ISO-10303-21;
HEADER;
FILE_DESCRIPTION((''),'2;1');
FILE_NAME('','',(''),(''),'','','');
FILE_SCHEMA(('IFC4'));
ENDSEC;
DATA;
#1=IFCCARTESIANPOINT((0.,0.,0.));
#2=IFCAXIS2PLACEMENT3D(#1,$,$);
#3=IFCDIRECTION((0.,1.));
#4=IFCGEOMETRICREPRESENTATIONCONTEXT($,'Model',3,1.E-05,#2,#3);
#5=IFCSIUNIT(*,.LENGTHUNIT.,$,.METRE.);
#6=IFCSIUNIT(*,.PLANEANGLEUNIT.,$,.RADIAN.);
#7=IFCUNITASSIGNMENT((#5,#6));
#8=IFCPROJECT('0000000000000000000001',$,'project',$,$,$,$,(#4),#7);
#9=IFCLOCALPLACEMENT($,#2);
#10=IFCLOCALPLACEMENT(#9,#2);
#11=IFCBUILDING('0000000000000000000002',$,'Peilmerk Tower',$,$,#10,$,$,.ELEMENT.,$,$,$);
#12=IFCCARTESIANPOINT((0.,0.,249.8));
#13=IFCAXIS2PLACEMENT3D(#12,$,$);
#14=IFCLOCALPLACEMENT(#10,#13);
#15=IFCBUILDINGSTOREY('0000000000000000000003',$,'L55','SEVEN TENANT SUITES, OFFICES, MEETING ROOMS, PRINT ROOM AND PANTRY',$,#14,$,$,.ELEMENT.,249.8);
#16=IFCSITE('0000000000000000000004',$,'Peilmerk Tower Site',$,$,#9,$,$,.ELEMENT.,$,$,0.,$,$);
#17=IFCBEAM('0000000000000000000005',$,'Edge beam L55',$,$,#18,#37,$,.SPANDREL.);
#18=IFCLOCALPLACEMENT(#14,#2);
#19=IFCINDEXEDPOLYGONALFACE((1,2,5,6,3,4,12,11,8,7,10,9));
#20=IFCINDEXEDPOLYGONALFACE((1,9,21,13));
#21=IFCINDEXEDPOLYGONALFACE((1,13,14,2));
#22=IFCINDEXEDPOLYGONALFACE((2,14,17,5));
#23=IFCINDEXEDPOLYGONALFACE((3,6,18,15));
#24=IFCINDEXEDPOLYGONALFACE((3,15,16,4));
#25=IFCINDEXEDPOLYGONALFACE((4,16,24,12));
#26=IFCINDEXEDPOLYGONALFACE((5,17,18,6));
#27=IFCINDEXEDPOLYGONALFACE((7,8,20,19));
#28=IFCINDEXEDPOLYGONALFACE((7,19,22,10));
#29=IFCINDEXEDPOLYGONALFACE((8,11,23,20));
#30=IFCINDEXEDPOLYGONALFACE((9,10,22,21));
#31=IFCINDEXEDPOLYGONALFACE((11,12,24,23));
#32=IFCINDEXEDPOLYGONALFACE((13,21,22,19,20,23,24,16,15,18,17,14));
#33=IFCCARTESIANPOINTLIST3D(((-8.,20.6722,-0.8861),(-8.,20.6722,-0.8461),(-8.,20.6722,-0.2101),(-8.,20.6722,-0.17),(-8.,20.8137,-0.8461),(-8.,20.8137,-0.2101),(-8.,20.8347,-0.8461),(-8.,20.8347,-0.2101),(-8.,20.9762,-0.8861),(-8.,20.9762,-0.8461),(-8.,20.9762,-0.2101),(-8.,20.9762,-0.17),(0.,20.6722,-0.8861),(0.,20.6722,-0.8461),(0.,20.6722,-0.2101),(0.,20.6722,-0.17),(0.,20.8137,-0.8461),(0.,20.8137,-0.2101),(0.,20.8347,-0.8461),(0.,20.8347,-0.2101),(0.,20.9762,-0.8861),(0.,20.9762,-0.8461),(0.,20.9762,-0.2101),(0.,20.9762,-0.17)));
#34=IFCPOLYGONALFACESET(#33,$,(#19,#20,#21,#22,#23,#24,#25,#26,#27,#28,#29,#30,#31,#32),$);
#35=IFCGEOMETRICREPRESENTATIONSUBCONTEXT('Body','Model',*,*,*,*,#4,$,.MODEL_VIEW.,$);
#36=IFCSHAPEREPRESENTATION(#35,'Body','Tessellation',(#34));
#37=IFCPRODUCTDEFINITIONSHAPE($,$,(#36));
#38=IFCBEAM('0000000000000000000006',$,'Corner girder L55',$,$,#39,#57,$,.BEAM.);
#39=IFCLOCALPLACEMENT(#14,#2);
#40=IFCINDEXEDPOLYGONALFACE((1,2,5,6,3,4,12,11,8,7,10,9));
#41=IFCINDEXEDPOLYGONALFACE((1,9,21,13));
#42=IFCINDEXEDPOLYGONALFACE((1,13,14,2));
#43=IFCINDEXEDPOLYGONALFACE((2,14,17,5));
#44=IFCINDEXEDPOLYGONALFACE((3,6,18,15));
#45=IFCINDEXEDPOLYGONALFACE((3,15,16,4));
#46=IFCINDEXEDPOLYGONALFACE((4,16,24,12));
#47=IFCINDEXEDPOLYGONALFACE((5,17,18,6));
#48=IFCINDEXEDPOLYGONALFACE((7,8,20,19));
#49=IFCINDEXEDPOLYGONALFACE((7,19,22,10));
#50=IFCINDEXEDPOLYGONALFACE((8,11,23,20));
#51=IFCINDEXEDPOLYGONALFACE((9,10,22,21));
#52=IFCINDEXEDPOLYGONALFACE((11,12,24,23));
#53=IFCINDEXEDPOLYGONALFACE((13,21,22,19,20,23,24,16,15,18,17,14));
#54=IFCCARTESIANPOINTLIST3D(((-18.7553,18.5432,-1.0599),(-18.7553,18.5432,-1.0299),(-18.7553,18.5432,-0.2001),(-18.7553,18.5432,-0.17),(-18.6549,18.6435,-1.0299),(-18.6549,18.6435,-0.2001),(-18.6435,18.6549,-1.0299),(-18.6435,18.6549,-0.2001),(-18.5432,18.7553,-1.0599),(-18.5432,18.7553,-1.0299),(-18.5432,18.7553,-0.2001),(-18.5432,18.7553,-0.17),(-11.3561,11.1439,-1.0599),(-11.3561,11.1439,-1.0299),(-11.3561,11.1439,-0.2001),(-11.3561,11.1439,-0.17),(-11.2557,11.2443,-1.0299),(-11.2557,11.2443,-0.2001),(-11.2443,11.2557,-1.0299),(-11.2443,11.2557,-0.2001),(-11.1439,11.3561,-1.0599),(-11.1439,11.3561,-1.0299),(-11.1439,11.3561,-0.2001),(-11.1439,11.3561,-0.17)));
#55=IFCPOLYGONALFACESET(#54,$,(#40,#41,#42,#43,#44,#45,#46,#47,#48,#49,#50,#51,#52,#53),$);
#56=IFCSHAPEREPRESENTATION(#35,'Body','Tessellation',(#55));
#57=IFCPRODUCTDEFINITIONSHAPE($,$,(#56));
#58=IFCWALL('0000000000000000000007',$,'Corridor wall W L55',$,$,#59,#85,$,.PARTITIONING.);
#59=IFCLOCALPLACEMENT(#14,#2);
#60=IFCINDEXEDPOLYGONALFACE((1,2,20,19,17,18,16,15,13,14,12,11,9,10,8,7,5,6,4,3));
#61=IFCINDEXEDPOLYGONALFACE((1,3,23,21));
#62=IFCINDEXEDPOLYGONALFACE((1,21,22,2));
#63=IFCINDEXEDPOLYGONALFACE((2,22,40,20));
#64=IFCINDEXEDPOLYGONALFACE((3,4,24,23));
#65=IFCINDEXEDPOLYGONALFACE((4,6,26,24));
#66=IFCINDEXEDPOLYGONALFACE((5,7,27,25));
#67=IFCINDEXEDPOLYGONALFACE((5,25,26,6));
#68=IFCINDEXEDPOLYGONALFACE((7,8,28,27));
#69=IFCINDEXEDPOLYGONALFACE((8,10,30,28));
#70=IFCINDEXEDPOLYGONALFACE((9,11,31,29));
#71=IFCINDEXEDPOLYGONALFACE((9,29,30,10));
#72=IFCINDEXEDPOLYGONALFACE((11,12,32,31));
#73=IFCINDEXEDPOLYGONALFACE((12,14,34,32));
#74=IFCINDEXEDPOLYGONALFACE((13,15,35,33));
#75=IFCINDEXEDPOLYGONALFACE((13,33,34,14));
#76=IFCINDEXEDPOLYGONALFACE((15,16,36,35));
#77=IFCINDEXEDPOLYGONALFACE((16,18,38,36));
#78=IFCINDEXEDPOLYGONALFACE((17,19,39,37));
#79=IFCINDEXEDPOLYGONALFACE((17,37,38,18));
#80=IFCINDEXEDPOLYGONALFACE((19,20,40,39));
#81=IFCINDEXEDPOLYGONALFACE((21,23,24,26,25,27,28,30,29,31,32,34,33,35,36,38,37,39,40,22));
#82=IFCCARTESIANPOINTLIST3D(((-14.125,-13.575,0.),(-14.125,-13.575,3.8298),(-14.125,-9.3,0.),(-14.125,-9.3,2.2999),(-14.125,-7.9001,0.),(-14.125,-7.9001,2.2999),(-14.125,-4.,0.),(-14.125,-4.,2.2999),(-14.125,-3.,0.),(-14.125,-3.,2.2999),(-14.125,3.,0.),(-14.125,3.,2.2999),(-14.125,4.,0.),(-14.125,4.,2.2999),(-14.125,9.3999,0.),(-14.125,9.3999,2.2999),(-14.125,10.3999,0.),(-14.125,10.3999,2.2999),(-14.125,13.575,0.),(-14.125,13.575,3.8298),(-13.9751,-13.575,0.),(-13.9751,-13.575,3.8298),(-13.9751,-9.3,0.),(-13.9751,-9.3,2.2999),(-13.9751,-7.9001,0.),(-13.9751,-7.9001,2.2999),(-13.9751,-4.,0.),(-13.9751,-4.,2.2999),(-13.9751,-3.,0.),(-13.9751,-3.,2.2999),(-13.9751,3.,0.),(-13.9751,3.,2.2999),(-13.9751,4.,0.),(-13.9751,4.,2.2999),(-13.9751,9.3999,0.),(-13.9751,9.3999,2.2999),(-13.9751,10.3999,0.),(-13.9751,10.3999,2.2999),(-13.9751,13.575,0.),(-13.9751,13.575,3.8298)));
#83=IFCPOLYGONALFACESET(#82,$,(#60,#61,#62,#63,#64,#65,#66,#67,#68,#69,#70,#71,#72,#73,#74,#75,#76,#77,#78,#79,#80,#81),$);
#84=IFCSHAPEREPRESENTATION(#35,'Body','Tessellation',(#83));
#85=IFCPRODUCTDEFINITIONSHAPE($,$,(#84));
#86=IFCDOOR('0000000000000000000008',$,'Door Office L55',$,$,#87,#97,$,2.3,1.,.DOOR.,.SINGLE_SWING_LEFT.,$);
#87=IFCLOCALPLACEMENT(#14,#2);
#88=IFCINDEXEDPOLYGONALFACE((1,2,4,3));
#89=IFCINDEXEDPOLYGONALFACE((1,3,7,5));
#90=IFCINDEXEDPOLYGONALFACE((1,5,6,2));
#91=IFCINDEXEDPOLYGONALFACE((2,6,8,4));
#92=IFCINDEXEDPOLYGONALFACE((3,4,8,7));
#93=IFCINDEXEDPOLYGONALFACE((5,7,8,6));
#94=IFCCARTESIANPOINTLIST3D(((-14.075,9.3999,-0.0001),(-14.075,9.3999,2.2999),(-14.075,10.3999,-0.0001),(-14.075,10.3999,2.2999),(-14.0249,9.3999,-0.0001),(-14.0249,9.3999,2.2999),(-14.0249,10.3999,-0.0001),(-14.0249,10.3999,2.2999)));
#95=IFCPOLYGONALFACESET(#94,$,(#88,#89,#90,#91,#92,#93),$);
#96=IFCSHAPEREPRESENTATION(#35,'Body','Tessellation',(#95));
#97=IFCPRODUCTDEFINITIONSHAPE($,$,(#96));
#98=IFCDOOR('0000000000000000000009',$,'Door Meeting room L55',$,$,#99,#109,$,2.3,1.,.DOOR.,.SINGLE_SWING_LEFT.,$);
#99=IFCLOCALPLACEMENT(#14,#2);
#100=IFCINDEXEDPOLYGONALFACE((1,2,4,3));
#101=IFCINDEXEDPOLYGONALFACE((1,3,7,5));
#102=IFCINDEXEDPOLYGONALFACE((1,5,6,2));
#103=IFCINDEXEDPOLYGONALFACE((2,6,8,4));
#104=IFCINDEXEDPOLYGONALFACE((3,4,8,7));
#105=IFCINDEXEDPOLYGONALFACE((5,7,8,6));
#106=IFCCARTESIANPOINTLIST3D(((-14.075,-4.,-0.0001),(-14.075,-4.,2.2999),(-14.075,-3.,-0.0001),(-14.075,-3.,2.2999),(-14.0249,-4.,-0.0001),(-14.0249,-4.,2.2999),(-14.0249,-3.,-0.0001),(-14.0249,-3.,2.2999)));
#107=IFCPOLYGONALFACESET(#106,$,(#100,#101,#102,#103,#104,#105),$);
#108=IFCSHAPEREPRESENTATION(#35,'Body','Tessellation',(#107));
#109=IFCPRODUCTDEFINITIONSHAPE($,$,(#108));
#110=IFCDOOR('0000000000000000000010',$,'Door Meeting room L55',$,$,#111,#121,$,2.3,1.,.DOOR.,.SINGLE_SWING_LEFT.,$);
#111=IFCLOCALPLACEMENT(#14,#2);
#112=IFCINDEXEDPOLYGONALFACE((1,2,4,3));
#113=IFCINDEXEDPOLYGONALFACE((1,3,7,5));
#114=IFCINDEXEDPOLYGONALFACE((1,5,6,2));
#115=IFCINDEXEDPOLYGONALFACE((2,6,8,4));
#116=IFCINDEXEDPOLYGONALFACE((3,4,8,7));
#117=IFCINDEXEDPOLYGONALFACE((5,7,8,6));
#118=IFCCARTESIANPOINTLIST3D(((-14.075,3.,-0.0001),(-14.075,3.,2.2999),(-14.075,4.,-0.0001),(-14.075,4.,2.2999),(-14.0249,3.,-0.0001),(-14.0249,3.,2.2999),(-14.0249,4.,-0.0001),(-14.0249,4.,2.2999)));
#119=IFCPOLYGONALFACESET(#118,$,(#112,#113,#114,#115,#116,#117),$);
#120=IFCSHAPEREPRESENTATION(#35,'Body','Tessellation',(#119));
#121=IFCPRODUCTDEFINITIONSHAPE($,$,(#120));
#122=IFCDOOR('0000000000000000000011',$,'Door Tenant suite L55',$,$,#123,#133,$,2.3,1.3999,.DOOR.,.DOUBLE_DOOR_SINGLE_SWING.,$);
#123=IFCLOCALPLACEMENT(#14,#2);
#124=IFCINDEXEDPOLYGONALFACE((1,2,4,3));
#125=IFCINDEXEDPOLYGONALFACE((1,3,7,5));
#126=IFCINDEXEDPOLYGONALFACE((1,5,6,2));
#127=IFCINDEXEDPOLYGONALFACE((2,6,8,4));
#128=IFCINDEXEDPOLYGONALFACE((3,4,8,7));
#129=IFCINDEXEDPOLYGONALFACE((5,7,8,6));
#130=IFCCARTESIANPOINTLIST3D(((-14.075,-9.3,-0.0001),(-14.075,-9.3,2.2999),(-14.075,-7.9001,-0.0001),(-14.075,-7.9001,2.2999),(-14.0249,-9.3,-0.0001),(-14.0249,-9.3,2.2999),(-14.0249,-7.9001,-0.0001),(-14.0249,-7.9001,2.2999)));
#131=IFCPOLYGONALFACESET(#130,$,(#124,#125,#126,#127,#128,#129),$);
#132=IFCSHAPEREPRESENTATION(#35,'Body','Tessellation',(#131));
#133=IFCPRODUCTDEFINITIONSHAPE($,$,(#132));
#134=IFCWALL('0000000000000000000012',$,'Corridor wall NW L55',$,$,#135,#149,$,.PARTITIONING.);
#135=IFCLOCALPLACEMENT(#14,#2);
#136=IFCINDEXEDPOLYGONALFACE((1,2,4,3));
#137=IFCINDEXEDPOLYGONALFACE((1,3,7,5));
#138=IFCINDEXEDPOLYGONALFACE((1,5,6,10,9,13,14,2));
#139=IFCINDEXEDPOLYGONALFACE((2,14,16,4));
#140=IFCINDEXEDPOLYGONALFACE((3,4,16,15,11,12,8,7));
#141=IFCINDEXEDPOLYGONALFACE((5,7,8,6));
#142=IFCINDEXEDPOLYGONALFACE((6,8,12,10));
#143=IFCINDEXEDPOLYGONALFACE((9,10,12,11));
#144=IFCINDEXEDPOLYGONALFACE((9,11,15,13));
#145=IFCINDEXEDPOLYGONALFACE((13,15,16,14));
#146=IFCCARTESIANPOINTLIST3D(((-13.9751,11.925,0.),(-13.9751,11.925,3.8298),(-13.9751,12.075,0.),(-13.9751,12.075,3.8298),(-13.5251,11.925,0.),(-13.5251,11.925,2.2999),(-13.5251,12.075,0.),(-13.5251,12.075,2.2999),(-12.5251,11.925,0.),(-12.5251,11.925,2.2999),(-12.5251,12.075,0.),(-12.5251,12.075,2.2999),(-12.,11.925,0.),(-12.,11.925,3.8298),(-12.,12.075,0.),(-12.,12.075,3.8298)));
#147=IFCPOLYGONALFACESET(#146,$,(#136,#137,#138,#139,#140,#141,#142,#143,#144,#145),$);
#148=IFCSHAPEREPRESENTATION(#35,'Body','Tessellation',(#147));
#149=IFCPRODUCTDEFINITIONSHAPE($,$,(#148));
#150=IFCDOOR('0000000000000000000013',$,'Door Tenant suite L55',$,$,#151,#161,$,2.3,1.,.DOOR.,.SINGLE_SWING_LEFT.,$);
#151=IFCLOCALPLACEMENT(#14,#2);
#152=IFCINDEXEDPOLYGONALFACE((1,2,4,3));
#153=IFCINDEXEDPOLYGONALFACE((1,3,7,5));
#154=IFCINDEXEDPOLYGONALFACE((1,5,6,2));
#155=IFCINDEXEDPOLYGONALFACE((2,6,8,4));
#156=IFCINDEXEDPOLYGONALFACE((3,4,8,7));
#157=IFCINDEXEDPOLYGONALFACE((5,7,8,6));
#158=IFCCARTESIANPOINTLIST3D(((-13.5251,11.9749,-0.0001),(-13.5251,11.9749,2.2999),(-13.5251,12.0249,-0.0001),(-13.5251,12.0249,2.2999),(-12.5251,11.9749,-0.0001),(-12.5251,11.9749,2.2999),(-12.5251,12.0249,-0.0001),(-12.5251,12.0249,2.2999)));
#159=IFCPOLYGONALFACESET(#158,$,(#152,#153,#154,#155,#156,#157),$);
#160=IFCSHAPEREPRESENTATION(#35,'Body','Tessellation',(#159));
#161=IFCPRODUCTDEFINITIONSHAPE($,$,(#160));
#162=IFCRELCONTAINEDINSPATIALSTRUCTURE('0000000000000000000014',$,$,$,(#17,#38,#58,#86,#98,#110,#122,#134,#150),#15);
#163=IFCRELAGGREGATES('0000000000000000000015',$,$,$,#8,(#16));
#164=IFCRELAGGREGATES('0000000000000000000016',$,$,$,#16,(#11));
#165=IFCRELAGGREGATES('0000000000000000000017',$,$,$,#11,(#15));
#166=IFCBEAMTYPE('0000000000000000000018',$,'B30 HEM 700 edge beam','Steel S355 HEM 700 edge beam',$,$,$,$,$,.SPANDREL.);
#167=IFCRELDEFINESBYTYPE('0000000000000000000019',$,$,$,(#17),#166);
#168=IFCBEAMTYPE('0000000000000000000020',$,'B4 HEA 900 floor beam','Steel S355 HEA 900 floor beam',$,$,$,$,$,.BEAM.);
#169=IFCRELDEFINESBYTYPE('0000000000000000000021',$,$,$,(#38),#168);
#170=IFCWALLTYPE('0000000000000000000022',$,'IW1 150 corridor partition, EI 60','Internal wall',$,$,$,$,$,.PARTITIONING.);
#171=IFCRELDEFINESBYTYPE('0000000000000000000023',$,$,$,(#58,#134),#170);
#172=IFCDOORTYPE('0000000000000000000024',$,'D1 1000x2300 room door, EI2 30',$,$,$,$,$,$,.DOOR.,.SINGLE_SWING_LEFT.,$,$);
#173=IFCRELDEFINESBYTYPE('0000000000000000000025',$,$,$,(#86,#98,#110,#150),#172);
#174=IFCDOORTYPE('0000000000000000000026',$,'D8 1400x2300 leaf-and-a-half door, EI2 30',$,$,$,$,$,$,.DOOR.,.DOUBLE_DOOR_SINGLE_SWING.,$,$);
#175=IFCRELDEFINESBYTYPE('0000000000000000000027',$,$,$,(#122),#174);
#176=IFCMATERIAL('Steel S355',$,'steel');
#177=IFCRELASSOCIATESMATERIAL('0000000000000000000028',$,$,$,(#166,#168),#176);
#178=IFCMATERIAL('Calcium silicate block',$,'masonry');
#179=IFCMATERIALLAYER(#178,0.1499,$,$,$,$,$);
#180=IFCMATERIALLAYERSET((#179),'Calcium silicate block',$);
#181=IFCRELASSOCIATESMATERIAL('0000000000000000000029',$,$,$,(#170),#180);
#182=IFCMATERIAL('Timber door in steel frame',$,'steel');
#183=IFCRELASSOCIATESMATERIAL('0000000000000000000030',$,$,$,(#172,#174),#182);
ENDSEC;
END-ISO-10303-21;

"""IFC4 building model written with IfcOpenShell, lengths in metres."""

from ifc_helpers import new_model, si_unit, direction, frame, frame_2d, origin, origin_2d, place, context, subcontext, project, spatial, rectangle, i_section, extrude, material, layer, layer_set, material_profile, profile_set, type_object, element, fill, save


model = new_model("IFC4")

# Units and contexts
model_context = context("Model", 3, precision=1e-05, world=origin(), true_north=direction((0.0, 1.0)))
body_context = subcontext(model_context, "Body", "Model", "MODEL_VIEW")
ifc_project = project(units=[si_unit("LENGTHUNIT", "METRE"), si_unit("PLANEANGLEUNIT", "RADIAN")], contexts=[model_context])

# Site, building, storey
site_placement = place(None, origin())
site = spatial("IfcSite", under=ifc_project, at=site_placement, Name="Peilmerk Tower Site", CompositionType="ELEMENT", RefElevation=0.0)
building_placement = place(site_placement, origin())
building = spatial("IfcBuilding", under=site, at=building_placement, Name="Peilmerk Tower", CompositionType="ELEMENT")
storey_placement = place(building_placement, frame((0.0, 0.0, 249.8)))
storey = spatial("IfcBuildingStorey", under=building, at=storey_placement, Name="L55", Description="SEVEN TENANT SUITES, OFFICES, MEETING ROOMS, PRINT ROOM AND PANTRY", CompositionType="ELEMENT", Elevation=249.8)

# Beams
ifc_material_1 = material(Name="Steel S355", Category="steel")
ifc_material_profile_1 = material_profile(ifc_material_1, i_section(OverallWidth=0.304, OverallDepth=0.7161, WebThickness=0.021, FlangeThickness=0.04, at=origin_2d()), Name="HEM 700")
ifc_profile_set_1 = profile_set([ifc_material_profile_1], Name="Steel S355")
beam_type_1 = type_object("IfcBeamType", Name="B30 HEM 700 edge beam", Description="Steel S355 HEM 700 edge beam", PredefinedType="SPANDREL", material=ifc_profile_set_1)
beam_1_placement = place(storey_placement, frame((0.0, 20.8242, -0.5281), z_axis=(-1.0, 0.0, 0.0), x_axis=(0.0, -1.0, 0.0)))
element("IfcBeam", 1, at=beam_1_placement, inside=storey, type_object=beam_type_1, Name="Edge beam L55", PredefinedType="SPANDREL", context=body_context, shape_type="SweptSolid", body=[
    extrude(i_section(OverallWidth=0.304, OverallDepth=0.7161, WebThickness=0.021, FlangeThickness=0.04, at=origin_2d()), origin(), (0.0, 0.0, 1.0), 8.0),
])
ifc_material_profile_2 = material_profile(ifc_material_1, i_section(OverallWidth=0.3, OverallDepth=0.8899, WebThickness=0.0161, FlangeThickness=0.03, at=origin_2d()), Name="HEA 900")
ifc_profile_set_2 = profile_set([ifc_material_profile_2], Name="Steel S355")
beam_type_2 = type_object("IfcBeamType", Name="B4 HEA 900 floor beam", Description="Steel S355 HEA 900 floor beam", PredefinedType="BEAM", material=ifc_profile_set_2)
beam_2_placement = place(storey_placement, frame((-11.25, 11.25, -0.615), z_axis=(-0.707107, 0.707107, 0.0), x_axis=(-0.707107, -0.707107, 0.0)))
element("IfcBeam", 2, at=beam_2_placement, inside=storey, type_object=beam_type_2, Name="Corner girder L55", PredefinedType="BEAM", context=body_context, shape_type="SweptSolid", body=[
    extrude(i_section(OverallWidth=0.3, OverallDepth=0.8899, WebThickness=0.0161, FlangeThickness=0.03, at=origin_2d()), origin(), (0.0, 0.0, 1.0), 10.4641),
])

# Wall, openings, doors
ifc_material_2 = material(Name="Calcium silicate block", Category="masonry")
ifc_layer_1 = layer(ifc_material_2, 0.1499)
ifc_layer_set_1 = layer_set([ifc_layer_1], Name="Calcium silicate block")
wall_type_1 = type_object("IfcWallType", Name="IW1 150 corridor partition, EI 60", Description="Internal wall", PredefinedType="PARTITIONING", material=ifc_layer_set_1)
wall_1_placement = place(storey_placement, frame((-14.05, 13.575, 0.0), z_axis=(0.0, 0.0, 1.0), x_axis=(0.0, -1.0, 0.0)))
wall_1 = element("IfcWall", 3, at=wall_1_placement, inside=storey, type_object=wall_type_1, Name="Corridor wall W L55", PredefinedType="PARTITIONING", context=body_context, shape_type="SweptSolid", body=[
    extrude(rectangle(XDim=27.1499, YDim=0.1499, at=frame_2d((13.575, 0.0))), origin(), (0.0, 0.0, 1.0), 3.8298),
])
opening_1_placement = place(wall_1_placement, frame((21.4751, 0.0, 0.0)))
opening_1 = element("IfcOpeningElement", 4, at=opening_1_placement, cuts=wall_1, PredefinedType="OPENING", context=body_context, shape_type="SweptSolid", body=[
    extrude(rectangle(XDim=1.3999, YDim=2.3, at=frame_2d((0.7, 1.1499))), frame((0.0, 0.085, 0.0), z_axis=(0.0, -1.0, 0.0), x_axis=(1.0, 0.0, 0.0)), (0.0, 0.0, 1.0), 0.1699),
])
opening_2_placement = place(wall_1_placement, frame((3.175, 0.0, 0.0)))
opening_2 = element("IfcOpeningElement", 5, at=opening_2_placement, cuts=wall_1, PredefinedType="OPENING", context=body_context, shape_type="SweptSolid", body=[
    extrude(rectangle(XDim=1.0, YDim=2.3, at=frame_2d((0.5, 1.1499))), frame((0.0, 0.085, 0.0), z_axis=(0.0, -1.0, 0.0), x_axis=(1.0, 0.0, 0.0)), (0.0, 0.0, 1.0), 0.1699),
])
opening_3_placement = place(wall_1_placement, frame((16.575, 0.0, 0.0)))
opening_3 = element("IfcOpeningElement", 6, at=opening_3_placement, cuts=wall_1, PredefinedType="OPENING", context=body_context, shape_type="SweptSolid", body=[
    extrude(rectangle(XDim=1.0, YDim=2.3, at=frame_2d((0.5, 1.1499))), frame((0.0, 0.085, 0.0), z_axis=(0.0, -1.0, 0.0), x_axis=(1.0, 0.0, 0.0)), (0.0, 0.0, 1.0), 0.1699),
])
opening_4_placement = place(wall_1_placement, frame((9.575, 0.0, 0.0)))
opening_4 = element("IfcOpeningElement", 7, at=opening_4_placement, cuts=wall_1, PredefinedType="OPENING", context=body_context, shape_type="SweptSolid", body=[
    extrude(rectangle(XDim=1.0, YDim=2.3, at=frame_2d((0.5, 1.1499))), frame((0.0, 0.085, 0.0), z_axis=(0.0, -1.0, 0.0), x_axis=(1.0, 0.0, 0.0)), (0.0, 0.0, 1.0), 0.1699),
])
ifc_material_3 = material(Name="Timber door in steel frame", Category="steel")
door_type_1 = type_object("IfcDoorType", Name="D1 1000x2300 room door, EI2 30", OperationType="SINGLE_SWING_LEFT", PredefinedType="DOOR", material=ifc_material_3)
door_1_placement = place(opening_2_placement, frame((1.0, 0.0, 0.0), z_axis=(0.0, 0.0, 1.0), x_axis=(-1.0, 0.0, 0.0)))
door_1 = element("IfcDoor", 8, at=door_1_placement, inside=storey, type_object=door_type_1, Name="Door Office L55", OperationType="SINGLE_SWING_LEFT", OverallHeight=2.3, OverallWidth=1.0, PredefinedType="DOOR", context=body_context, shape_type="SweptSolid", body=[
    extrude(rectangle(XDim=1.0, YDim=2.3, at=frame_2d((0.5, 1.1499))), frame((0.0, 0.0249, 0.0), z_axis=(0.0, -1.0, 0.0), x_axis=(1.0, 0.0, 0.0)), (0.0, 0.0, 1.0), 0.05),
])
fill(opening_2, door_1)
door_2_placement = place(opening_3_placement, frame((1.0, 0.0, 0.0), z_axis=(0.0, 0.0, 1.0), x_axis=(-1.0, 0.0, 0.0)))
door_2 = element("IfcDoor", 9, at=door_2_placement, inside=storey, type_object=door_type_1, Name="Door Meeting room L55", OperationType="SINGLE_SWING_LEFT", OverallHeight=2.3, OverallWidth=1.0, PredefinedType="DOOR", context=body_context, shape_type="SweptSolid", body=[
    extrude(rectangle(XDim=1.0, YDim=2.3, at=frame_2d((0.5, 1.1499))), frame((0.0, 0.0249, 0.0), z_axis=(0.0, -1.0, 0.0), x_axis=(1.0, 0.0, 0.0)), (0.0, 0.0, 1.0), 0.05),
])
fill(opening_3, door_2)
door_3_placement = place(opening_4_placement, frame((1.0, 0.0, 0.0), z_axis=(0.0, 0.0, 1.0), x_axis=(-1.0, 0.0, 0.0)))
door_3 = element("IfcDoor", 10, at=door_3_placement, inside=storey, type_object=door_type_1, Name="Door Meeting room L55", OperationType="SINGLE_SWING_LEFT", OverallHeight=2.3, OverallWidth=1.0, PredefinedType="DOOR", context=body_context, shape_type="SweptSolid", body=[
    extrude(rectangle(XDim=1.0, YDim=2.3, at=frame_2d((0.5, 1.1499))), frame((0.0, 0.0249, 0.0), z_axis=(0.0, -1.0, 0.0), x_axis=(1.0, 0.0, 0.0)), (0.0, 0.0, 1.0), 0.05),
])
fill(opening_4, door_3)
door_type_2 = type_object("IfcDoorType", Name="D8 1400x2300 leaf-and-a-half door, EI2 30", OperationType="DOUBLE_DOOR_SINGLE_SWING", PredefinedType="DOOR", material=ifc_material_3)
door_4_placement = place(opening_1_placement, frame((1.3999, 0.0, 0.0), z_axis=(0.0, 0.0, 1.0), x_axis=(-1.0, 0.0, 0.0)))
door_4 = element("IfcDoor", 11, at=door_4_placement, inside=storey, type_object=door_type_2, Name="Door Tenant suite L55", OperationType="DOUBLE_DOOR_SINGLE_SWING", OverallHeight=2.3, OverallWidth=1.3999, PredefinedType="DOOR", context=body_context, shape_type="SweptSolid", body=[
    extrude(rectangle(XDim=1.3999, YDim=2.3, at=frame_2d((0.7, 1.1499))), frame((0.0, 0.0249, 0.0), z_axis=(0.0, -1.0, 0.0), x_axis=(1.0, 0.0, 0.0)), (0.0, 0.0, 1.0), 0.05),
])
fill(opening_1, door_4)

# Wall, opening, door
wall_2_placement = place(storey_placement, frame((-13.9751, 12.0, 0.0), z_axis=(0.0, 0.0, 1.0), x_axis=(1.0, 0.0, 0.0)))
wall_2 = element("IfcWall", 12, at=wall_2_placement, inside=storey, type_object=wall_type_1, Name="Corridor wall NW L55", PredefinedType="PARTITIONING", context=body_context, shape_type="SweptSolid", body=[
    extrude(rectangle(XDim=1.9751, YDim=0.1499, at=frame_2d((0.9875, 0.0))), origin(), (0.0, 0.0, 1.0), 3.8298),
])
opening_5_placement = place(wall_2_placement, frame((0.45, 0.0, 0.0)))
opening_5 = element("IfcOpeningElement", 13, at=opening_5_placement, cuts=wall_2, PredefinedType="OPENING", context=body_context, shape_type="SweptSolid", body=[
    extrude(rectangle(XDim=1.0, YDim=2.3, at=frame_2d((0.5, 1.1499))), frame((0.0, 0.085, 0.0), z_axis=(0.0, -1.0, 0.0), x_axis=(1.0, 0.0, 0.0)), (0.0, 0.0, 1.0), 0.1699),
])
door_5_placement = place(opening_5_placement, origin())
door_5 = element("IfcDoor", 14, at=door_5_placement, inside=storey, type_object=door_type_1, Name="Door Tenant suite L55", OperationType="SINGLE_SWING_LEFT", OverallHeight=2.3, OverallWidth=1.0, PredefinedType="DOOR", context=body_context, shape_type="SweptSolid", body=[
    extrude(rectangle(XDim=1.0, YDim=2.3, at=frame_2d((0.5, 1.1499))), frame((0.0, 0.0249, 0.0), z_axis=(0.0, -1.0, 0.0), x_axis=(1.0, 0.0, 0.0)), (0.0, 0.0, 1.0), 0.05),
])
fill(opening_5, door_5)

save(model, "model.ifc")
